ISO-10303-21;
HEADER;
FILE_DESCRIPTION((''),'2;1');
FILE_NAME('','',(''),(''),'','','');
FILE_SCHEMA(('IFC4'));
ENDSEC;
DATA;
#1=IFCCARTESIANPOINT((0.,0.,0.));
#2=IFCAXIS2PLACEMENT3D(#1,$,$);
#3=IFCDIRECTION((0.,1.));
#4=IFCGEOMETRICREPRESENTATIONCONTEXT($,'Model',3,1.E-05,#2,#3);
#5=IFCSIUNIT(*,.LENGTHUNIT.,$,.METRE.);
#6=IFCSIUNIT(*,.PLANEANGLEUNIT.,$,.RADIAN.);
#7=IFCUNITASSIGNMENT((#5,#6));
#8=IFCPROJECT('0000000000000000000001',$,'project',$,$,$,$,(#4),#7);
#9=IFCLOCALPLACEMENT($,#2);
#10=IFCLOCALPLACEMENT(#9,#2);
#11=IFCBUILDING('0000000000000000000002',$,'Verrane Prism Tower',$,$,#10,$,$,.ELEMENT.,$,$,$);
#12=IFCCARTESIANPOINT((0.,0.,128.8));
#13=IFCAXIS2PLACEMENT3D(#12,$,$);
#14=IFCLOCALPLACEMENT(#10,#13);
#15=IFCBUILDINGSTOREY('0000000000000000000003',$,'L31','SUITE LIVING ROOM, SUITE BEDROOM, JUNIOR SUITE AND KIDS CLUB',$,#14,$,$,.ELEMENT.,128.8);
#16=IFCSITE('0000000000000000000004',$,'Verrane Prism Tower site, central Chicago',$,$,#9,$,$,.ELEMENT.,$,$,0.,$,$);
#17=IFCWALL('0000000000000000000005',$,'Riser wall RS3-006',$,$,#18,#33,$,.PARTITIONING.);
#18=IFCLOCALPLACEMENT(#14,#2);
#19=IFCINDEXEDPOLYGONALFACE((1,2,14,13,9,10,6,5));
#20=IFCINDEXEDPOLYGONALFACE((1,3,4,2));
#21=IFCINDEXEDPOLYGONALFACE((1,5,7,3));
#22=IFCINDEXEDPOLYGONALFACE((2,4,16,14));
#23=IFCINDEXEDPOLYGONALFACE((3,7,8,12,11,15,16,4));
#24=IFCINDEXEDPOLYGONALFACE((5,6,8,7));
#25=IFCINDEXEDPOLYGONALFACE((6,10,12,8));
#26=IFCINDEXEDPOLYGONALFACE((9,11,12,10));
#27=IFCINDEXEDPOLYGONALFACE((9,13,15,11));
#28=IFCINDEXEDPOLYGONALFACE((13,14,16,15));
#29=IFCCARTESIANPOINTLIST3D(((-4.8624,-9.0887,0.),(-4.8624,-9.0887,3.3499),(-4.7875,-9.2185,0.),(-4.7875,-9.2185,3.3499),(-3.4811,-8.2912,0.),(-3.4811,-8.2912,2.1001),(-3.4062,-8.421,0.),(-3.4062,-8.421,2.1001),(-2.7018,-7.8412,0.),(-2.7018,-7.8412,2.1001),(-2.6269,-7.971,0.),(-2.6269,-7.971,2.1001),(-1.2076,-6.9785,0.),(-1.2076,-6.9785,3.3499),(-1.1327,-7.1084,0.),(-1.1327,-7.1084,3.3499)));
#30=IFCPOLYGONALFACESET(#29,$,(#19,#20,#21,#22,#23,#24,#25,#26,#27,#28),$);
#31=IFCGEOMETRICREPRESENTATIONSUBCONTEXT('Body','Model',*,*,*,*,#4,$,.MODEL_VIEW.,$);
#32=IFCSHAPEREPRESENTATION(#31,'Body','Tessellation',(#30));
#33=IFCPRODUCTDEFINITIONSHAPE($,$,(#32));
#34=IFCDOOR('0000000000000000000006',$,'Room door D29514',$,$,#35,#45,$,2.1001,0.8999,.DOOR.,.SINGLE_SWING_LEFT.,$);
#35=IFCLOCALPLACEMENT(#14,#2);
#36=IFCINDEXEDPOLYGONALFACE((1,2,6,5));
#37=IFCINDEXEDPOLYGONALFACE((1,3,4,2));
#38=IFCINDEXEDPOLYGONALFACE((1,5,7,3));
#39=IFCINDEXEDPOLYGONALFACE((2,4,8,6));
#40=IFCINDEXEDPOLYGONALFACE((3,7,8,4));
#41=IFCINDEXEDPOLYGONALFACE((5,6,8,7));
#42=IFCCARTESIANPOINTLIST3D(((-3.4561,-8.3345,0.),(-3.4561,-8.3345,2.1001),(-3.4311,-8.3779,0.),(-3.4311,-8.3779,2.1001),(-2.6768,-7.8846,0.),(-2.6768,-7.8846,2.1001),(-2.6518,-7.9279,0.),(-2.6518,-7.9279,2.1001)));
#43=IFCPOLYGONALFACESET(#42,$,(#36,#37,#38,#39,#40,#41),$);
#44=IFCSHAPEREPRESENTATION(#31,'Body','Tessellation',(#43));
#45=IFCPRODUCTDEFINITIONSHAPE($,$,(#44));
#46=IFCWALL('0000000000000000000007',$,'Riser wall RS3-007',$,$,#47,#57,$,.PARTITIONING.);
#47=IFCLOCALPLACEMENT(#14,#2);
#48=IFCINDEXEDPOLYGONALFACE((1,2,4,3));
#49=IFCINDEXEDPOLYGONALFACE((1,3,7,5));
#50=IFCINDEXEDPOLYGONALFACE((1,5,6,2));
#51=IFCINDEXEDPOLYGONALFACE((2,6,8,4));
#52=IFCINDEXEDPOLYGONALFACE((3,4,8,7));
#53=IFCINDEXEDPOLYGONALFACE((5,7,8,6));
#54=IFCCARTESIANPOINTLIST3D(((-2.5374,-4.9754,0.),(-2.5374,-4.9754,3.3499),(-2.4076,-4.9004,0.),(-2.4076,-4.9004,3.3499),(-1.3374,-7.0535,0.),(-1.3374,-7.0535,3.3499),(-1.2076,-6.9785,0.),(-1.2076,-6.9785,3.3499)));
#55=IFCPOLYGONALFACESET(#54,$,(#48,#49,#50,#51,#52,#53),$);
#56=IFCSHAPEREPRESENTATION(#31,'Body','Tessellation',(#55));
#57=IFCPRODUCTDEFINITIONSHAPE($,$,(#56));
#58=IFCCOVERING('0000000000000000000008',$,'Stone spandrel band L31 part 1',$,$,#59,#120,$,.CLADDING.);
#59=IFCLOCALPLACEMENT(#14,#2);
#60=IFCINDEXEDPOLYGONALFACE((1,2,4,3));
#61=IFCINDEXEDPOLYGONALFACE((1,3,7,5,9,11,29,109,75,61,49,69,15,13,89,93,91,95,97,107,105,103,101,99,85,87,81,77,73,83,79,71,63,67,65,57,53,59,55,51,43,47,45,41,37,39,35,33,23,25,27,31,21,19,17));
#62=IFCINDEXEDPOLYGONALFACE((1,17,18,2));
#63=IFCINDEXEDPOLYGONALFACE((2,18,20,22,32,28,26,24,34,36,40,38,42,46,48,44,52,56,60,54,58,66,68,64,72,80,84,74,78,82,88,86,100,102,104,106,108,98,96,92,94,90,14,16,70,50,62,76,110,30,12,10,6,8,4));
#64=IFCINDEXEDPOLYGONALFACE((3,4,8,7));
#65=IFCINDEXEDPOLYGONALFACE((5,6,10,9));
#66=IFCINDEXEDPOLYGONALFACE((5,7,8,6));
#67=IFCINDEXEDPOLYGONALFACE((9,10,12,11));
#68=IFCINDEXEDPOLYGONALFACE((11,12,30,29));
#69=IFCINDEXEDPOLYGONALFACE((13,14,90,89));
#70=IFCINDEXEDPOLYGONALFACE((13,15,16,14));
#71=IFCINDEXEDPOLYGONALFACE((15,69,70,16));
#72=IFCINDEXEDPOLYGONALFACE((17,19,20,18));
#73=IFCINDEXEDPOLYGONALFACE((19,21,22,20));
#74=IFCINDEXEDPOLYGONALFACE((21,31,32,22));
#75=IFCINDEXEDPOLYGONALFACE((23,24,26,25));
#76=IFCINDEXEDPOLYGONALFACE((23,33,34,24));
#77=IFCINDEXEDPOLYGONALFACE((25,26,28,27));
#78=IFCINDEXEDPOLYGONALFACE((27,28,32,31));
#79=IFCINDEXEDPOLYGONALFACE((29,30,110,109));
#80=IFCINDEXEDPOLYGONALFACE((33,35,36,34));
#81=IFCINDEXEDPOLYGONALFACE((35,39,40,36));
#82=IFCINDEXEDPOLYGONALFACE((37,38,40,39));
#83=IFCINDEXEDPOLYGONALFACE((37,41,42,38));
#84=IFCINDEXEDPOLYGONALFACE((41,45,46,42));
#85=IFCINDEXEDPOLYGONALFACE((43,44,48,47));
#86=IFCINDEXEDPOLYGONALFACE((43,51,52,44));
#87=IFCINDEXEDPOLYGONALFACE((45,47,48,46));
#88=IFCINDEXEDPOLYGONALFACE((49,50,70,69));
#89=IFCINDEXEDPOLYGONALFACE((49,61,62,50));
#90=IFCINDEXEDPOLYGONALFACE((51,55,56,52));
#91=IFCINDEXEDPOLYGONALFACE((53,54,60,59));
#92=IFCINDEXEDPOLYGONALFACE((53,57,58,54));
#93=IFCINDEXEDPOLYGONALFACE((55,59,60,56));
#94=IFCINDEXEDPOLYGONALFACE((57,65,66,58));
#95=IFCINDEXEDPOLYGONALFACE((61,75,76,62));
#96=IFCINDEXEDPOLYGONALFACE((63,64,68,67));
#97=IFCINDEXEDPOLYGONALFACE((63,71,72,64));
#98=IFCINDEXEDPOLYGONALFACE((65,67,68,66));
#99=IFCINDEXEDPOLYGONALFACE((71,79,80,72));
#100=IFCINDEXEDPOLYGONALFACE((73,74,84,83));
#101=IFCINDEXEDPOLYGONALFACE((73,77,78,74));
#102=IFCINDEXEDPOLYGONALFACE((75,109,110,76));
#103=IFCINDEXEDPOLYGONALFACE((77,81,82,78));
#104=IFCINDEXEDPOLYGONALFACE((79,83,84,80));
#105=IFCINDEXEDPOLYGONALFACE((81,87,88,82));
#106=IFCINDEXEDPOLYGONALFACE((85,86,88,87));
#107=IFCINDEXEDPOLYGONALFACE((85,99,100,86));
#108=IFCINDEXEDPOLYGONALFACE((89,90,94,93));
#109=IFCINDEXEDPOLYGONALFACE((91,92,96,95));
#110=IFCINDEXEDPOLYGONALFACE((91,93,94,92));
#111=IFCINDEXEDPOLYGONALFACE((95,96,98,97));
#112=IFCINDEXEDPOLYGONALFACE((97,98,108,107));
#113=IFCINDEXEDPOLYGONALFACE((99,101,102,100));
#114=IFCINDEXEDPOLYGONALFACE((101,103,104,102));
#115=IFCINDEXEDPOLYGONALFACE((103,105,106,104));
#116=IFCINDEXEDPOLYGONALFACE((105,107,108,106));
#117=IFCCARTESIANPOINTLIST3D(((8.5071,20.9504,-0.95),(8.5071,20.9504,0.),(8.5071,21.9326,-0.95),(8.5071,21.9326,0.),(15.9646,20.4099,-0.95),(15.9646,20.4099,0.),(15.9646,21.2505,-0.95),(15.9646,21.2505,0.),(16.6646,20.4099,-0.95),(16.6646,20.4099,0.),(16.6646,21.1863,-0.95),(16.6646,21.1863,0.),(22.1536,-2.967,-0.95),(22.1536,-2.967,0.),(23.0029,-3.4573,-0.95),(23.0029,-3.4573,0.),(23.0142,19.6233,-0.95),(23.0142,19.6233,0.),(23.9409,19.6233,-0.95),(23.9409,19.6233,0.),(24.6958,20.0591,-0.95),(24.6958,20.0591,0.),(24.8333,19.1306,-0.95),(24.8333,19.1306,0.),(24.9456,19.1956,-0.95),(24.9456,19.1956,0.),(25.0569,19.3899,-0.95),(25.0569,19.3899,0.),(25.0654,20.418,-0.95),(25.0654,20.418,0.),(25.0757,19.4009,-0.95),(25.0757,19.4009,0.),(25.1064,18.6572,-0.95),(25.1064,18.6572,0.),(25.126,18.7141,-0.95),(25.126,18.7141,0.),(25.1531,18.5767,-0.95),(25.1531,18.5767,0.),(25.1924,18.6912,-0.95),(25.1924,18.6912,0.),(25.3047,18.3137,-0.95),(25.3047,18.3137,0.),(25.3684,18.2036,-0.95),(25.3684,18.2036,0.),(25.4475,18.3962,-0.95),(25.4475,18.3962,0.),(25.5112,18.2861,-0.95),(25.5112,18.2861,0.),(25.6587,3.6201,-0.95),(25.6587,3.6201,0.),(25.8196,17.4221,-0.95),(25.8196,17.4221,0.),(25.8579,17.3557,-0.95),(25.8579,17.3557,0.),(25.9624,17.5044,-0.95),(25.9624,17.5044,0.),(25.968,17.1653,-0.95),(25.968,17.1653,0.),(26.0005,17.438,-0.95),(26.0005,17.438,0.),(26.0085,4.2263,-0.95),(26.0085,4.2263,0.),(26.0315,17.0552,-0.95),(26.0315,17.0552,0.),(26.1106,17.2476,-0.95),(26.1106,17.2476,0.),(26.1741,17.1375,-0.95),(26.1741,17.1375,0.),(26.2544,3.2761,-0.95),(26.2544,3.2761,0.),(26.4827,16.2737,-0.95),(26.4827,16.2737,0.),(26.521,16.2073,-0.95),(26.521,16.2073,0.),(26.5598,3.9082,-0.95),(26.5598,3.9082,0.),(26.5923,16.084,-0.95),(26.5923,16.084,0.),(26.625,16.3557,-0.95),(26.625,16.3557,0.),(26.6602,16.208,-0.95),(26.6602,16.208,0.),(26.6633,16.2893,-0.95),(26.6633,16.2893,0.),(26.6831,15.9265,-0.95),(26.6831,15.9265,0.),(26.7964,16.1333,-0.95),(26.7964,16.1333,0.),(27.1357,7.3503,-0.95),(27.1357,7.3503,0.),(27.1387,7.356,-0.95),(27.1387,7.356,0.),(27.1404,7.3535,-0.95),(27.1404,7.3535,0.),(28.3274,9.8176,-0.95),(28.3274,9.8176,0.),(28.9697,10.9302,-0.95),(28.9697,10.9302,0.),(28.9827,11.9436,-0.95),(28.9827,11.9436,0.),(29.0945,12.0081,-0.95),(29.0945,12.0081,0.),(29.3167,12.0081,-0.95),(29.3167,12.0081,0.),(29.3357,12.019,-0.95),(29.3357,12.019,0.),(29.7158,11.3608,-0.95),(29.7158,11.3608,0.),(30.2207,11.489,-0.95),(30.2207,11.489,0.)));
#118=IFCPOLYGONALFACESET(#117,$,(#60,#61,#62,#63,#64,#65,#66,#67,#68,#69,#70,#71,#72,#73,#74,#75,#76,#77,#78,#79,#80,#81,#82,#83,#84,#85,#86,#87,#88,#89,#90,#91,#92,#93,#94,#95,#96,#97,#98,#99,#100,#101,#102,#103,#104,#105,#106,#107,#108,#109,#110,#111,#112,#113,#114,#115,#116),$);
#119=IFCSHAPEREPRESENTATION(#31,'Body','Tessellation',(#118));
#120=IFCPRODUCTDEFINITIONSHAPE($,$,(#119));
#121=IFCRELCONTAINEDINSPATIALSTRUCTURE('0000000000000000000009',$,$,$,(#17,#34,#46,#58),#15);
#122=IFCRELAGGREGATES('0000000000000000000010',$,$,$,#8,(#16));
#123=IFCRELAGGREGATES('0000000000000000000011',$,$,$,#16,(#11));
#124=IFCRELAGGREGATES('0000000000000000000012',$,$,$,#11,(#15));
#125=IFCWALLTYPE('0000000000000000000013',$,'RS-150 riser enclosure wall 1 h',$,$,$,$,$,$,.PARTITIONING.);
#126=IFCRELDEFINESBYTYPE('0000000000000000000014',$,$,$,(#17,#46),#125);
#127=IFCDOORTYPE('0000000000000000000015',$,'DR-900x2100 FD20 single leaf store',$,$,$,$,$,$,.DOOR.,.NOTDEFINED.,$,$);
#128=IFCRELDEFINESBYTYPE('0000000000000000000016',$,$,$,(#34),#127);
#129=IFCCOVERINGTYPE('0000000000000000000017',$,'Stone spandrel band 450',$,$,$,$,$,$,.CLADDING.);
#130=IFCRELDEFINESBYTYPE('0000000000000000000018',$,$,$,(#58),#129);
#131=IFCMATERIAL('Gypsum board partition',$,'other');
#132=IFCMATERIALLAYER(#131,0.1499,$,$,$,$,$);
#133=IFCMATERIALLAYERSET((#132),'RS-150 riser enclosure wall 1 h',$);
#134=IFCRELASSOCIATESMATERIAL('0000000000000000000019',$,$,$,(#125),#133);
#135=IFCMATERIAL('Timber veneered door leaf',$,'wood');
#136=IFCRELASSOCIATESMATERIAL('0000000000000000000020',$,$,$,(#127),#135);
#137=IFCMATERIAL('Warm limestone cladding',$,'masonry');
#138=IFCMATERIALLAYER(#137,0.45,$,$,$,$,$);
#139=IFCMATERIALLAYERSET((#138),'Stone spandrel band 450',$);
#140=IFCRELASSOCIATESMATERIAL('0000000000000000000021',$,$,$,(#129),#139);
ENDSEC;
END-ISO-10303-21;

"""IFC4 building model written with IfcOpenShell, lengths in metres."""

from ifc_helpers import new_model, si_unit, direction, frame, frame_2d, origin, place, context, subcontext, project, spatial, polyline, rectangle, outline, extrude, material, layer, layer_set, type_object, element, fill, save


model = new_model("IFC4")

# Units and contexts
model_context = context("Model", 3, precision=1e-05, world=origin(), true_north=direction((0.0, 1.0)))
body_context = subcontext(model_context, "Body", "Model", "MODEL_VIEW")
ifc_project = project(units=[si_unit("LENGTHUNIT", "METRE"), si_unit("PLANEANGLEUNIT", "RADIAN")], contexts=[model_context])

# Site, building, storey
site_placement = place(None, origin())
site = spatial("IfcSite", under=ifc_project, at=site_placement, Name="Verrane Prism Tower site, central Chicago", CompositionType="ELEMENT", RefElevation=0.0)
building_placement = place(site_placement, origin())
building = spatial("IfcBuilding", under=site, at=building_placement, Name="Verrane Prism Tower", CompositionType="ELEMENT")
storey_placement = place(building_placement, frame((0.0, 0.0, 128.8)))
storey = spatial("IfcBuildingStorey", under=building, at=storey_placement, Name="L31", Description="SUITE LIVING ROOM, SUITE BEDROOM, JUNIOR SUITE AND KIDS CLUB", CompositionType="ELEMENT", Elevation=128.8)

# Shared definitions
ifc_material_1 = material(Name="Gypsum board partition", Category="other")
ifc_layer_1 = layer(ifc_material_1, 0.1499)
ifc_layer_set_1 = layer_set([ifc_layer_1], Name="RS-150 riser enclosure wall 1 h")
wall_type_1 = type_object("IfcWallType", Name="RS-150 riser enclosure wall 1 h", PredefinedType="PARTITIONING", material=ifc_layer_set_1)

# Wall, opening, door
wall_1_placement = place(storey_placement, frame((-4.825, -9.1536, 0.0), z_axis=(0.0, 0.0, 1.0), x_axis=(0.866024, 0.500003, 0.0)))
wall_1 = element("IfcWall", 1, at=wall_1_placement, inside=storey, type_object=wall_type_1, Name="Riser wall RS3-006", PredefinedType="PARTITIONING", context=body_context, shape_type="SweptSolid", body=[
    extrude(rectangle(XDim=4.2202, YDim=0.1499, at=frame_2d((2.1101, 0.0))), origin(), (0.0, 0.0, 1.0), 3.3499),
])
opening_1_placement = place(wall_1_placement, frame((1.595, 0.0, 0.0)))
opening_1 = element("IfcOpeningElement", 2, at=opening_1_placement, cuts=wall_1, PredefinedType="OPENING", context=body_context, shape_type="SweptSolid", body=[
    extrude(rectangle(XDim=0.8999, YDim=2.1001, at=frame_2d((0.45, 1.05))), frame((0.0, 0.085, 0.0), z_axis=(0.0, -1.0, 0.0), x_axis=(1.0, 0.0, 0.0)), (0.0, 0.0, 1.0), 0.1699),
])
ifc_material_2 = material(Name="Timber veneered door leaf", Category="wood")
door_type_1 = type_object("IfcDoorType", Name="DR-900x2100 FD20 single leaf store", OperationType="NOTDEFINED", PredefinedType="DOOR", material=ifc_material_2)
door_1_placement = place(opening_1_placement, origin())
door_1 = element("IfcDoor", 3, at=door_1_placement, inside=storey, type_object=door_type_1, Name="Room door D29514", OperationType="SINGLE_SWING_LEFT", OverallHeight=2.1001, OverallWidth=0.8999, PredefinedType="DOOR", context=body_context, shape_type="SweptSolid", body=[
    extrude(rectangle(XDim=0.8999, YDim=2.1001, at=frame_2d((0.45, 1.05))), frame((0.0, 0.0249, 0.0), z_axis=(0.0, -1.0, 0.0), x_axis=(1.0, 0.0, 0.0)), (0.0, 0.0, 1.0), 0.05),
])
fill(opening_1, door_1)

# Wall
wall_2_placement = place(storey_placement, frame((-2.4724, -4.938, 0.0), z_axis=(0.0, 0.0, 1.0), x_axis=(0.500045, -0.865999, 0.0)))
element("IfcWall", 4, at=wall_2_placement, inside=storey, type_object=wall_type_1, Name="Riser wall RS3-007", PredefinedType="PARTITIONING", context=body_context, shape_type="SweptSolid", body=[
    extrude(rectangle(XDim=2.3997, YDim=0.1499, at=frame_2d((1.1997, 0.0))), origin(), (0.0, 0.0, 1.0), 3.3499),
])

# Covering
ifc_material_3 = material(Name="Warm limestone cladding", Category="masonry")
ifc_layer_2 = layer(ifc_material_3, 0.45)
ifc_layer_set_2 = layer_set([ifc_layer_2], Name="Stone spandrel band 450")
covering_type = type_object("IfcCoveringType", Name="Stone spandrel band 450", PredefinedType="CLADDING", material=ifc_layer_set_2)
covering_1_placement = place(storey_placement, frame((0.0, 0.0, -0.95)))
element("IfcCovering", 5, at=covering_1_placement, inside=storey, type_object=covering_type, Name="Stone spandrel band L31 part 1", PredefinedType="CLADDING", context=body_context, shape_type="SweptSolid", body=[
    extrude(outline(polyline([(8.5071, 20.9504), (23.0142, 19.6233), (23.9409, 19.6233), (24.6958, 20.0591), (25.0757, 19.4009), (25.0569, 19.3899), (24.9456, 19.1956), (24.8333, 19.1306), (25.1064, 18.6572), (25.126, 18.7141), (25.1924, 18.6912), (25.1531, 18.5767), (25.3047, 18.3137), (25.4475, 18.3962), (25.5112, 18.2861), (25.3684, 18.2036), (25.8196, 17.4221), (25.9624, 17.5044), (26.0005, 17.438), (25.8579, 17.3557), (25.968, 17.1653), (26.1106, 17.2476), (26.1741, 17.1375), (26.0315, 17.0552), (26.4827, 16.2737), (26.625, 16.3557), (26.6633, 16.2893), (26.521, 16.2073), (26.5923, 16.084), (26.6602, 16.208), (26.7964, 16.1333), (26.6831, 15.9265), (28.9827, 11.9436), (29.0945, 12.0081), (29.3167, 12.0081), (29.3357, 12.019), (29.7158, 11.3608), (28.9697, 10.9302), (28.3274, 9.8176), (27.1387, 7.356), (27.1404, 7.3535), (27.1357, 7.3503), (22.1536, -2.967), (23.0029, -3.4573), (26.2544, 3.2761), (25.6587, 3.6201), (26.0085, 4.2263), (26.5598, 3.9082), (30.2207, 11.489), (25.0654, 20.418), (16.6646, 21.1863), (16.6646, 20.4099), (15.9646, 20.4099), (15.9646, 21.2505), (8.5071, 21.9326), (8.5071, 20.9504)])), origin(), (0.0, 0.0, 1.0), 0.95),
])

save(model, "model.ifc")
